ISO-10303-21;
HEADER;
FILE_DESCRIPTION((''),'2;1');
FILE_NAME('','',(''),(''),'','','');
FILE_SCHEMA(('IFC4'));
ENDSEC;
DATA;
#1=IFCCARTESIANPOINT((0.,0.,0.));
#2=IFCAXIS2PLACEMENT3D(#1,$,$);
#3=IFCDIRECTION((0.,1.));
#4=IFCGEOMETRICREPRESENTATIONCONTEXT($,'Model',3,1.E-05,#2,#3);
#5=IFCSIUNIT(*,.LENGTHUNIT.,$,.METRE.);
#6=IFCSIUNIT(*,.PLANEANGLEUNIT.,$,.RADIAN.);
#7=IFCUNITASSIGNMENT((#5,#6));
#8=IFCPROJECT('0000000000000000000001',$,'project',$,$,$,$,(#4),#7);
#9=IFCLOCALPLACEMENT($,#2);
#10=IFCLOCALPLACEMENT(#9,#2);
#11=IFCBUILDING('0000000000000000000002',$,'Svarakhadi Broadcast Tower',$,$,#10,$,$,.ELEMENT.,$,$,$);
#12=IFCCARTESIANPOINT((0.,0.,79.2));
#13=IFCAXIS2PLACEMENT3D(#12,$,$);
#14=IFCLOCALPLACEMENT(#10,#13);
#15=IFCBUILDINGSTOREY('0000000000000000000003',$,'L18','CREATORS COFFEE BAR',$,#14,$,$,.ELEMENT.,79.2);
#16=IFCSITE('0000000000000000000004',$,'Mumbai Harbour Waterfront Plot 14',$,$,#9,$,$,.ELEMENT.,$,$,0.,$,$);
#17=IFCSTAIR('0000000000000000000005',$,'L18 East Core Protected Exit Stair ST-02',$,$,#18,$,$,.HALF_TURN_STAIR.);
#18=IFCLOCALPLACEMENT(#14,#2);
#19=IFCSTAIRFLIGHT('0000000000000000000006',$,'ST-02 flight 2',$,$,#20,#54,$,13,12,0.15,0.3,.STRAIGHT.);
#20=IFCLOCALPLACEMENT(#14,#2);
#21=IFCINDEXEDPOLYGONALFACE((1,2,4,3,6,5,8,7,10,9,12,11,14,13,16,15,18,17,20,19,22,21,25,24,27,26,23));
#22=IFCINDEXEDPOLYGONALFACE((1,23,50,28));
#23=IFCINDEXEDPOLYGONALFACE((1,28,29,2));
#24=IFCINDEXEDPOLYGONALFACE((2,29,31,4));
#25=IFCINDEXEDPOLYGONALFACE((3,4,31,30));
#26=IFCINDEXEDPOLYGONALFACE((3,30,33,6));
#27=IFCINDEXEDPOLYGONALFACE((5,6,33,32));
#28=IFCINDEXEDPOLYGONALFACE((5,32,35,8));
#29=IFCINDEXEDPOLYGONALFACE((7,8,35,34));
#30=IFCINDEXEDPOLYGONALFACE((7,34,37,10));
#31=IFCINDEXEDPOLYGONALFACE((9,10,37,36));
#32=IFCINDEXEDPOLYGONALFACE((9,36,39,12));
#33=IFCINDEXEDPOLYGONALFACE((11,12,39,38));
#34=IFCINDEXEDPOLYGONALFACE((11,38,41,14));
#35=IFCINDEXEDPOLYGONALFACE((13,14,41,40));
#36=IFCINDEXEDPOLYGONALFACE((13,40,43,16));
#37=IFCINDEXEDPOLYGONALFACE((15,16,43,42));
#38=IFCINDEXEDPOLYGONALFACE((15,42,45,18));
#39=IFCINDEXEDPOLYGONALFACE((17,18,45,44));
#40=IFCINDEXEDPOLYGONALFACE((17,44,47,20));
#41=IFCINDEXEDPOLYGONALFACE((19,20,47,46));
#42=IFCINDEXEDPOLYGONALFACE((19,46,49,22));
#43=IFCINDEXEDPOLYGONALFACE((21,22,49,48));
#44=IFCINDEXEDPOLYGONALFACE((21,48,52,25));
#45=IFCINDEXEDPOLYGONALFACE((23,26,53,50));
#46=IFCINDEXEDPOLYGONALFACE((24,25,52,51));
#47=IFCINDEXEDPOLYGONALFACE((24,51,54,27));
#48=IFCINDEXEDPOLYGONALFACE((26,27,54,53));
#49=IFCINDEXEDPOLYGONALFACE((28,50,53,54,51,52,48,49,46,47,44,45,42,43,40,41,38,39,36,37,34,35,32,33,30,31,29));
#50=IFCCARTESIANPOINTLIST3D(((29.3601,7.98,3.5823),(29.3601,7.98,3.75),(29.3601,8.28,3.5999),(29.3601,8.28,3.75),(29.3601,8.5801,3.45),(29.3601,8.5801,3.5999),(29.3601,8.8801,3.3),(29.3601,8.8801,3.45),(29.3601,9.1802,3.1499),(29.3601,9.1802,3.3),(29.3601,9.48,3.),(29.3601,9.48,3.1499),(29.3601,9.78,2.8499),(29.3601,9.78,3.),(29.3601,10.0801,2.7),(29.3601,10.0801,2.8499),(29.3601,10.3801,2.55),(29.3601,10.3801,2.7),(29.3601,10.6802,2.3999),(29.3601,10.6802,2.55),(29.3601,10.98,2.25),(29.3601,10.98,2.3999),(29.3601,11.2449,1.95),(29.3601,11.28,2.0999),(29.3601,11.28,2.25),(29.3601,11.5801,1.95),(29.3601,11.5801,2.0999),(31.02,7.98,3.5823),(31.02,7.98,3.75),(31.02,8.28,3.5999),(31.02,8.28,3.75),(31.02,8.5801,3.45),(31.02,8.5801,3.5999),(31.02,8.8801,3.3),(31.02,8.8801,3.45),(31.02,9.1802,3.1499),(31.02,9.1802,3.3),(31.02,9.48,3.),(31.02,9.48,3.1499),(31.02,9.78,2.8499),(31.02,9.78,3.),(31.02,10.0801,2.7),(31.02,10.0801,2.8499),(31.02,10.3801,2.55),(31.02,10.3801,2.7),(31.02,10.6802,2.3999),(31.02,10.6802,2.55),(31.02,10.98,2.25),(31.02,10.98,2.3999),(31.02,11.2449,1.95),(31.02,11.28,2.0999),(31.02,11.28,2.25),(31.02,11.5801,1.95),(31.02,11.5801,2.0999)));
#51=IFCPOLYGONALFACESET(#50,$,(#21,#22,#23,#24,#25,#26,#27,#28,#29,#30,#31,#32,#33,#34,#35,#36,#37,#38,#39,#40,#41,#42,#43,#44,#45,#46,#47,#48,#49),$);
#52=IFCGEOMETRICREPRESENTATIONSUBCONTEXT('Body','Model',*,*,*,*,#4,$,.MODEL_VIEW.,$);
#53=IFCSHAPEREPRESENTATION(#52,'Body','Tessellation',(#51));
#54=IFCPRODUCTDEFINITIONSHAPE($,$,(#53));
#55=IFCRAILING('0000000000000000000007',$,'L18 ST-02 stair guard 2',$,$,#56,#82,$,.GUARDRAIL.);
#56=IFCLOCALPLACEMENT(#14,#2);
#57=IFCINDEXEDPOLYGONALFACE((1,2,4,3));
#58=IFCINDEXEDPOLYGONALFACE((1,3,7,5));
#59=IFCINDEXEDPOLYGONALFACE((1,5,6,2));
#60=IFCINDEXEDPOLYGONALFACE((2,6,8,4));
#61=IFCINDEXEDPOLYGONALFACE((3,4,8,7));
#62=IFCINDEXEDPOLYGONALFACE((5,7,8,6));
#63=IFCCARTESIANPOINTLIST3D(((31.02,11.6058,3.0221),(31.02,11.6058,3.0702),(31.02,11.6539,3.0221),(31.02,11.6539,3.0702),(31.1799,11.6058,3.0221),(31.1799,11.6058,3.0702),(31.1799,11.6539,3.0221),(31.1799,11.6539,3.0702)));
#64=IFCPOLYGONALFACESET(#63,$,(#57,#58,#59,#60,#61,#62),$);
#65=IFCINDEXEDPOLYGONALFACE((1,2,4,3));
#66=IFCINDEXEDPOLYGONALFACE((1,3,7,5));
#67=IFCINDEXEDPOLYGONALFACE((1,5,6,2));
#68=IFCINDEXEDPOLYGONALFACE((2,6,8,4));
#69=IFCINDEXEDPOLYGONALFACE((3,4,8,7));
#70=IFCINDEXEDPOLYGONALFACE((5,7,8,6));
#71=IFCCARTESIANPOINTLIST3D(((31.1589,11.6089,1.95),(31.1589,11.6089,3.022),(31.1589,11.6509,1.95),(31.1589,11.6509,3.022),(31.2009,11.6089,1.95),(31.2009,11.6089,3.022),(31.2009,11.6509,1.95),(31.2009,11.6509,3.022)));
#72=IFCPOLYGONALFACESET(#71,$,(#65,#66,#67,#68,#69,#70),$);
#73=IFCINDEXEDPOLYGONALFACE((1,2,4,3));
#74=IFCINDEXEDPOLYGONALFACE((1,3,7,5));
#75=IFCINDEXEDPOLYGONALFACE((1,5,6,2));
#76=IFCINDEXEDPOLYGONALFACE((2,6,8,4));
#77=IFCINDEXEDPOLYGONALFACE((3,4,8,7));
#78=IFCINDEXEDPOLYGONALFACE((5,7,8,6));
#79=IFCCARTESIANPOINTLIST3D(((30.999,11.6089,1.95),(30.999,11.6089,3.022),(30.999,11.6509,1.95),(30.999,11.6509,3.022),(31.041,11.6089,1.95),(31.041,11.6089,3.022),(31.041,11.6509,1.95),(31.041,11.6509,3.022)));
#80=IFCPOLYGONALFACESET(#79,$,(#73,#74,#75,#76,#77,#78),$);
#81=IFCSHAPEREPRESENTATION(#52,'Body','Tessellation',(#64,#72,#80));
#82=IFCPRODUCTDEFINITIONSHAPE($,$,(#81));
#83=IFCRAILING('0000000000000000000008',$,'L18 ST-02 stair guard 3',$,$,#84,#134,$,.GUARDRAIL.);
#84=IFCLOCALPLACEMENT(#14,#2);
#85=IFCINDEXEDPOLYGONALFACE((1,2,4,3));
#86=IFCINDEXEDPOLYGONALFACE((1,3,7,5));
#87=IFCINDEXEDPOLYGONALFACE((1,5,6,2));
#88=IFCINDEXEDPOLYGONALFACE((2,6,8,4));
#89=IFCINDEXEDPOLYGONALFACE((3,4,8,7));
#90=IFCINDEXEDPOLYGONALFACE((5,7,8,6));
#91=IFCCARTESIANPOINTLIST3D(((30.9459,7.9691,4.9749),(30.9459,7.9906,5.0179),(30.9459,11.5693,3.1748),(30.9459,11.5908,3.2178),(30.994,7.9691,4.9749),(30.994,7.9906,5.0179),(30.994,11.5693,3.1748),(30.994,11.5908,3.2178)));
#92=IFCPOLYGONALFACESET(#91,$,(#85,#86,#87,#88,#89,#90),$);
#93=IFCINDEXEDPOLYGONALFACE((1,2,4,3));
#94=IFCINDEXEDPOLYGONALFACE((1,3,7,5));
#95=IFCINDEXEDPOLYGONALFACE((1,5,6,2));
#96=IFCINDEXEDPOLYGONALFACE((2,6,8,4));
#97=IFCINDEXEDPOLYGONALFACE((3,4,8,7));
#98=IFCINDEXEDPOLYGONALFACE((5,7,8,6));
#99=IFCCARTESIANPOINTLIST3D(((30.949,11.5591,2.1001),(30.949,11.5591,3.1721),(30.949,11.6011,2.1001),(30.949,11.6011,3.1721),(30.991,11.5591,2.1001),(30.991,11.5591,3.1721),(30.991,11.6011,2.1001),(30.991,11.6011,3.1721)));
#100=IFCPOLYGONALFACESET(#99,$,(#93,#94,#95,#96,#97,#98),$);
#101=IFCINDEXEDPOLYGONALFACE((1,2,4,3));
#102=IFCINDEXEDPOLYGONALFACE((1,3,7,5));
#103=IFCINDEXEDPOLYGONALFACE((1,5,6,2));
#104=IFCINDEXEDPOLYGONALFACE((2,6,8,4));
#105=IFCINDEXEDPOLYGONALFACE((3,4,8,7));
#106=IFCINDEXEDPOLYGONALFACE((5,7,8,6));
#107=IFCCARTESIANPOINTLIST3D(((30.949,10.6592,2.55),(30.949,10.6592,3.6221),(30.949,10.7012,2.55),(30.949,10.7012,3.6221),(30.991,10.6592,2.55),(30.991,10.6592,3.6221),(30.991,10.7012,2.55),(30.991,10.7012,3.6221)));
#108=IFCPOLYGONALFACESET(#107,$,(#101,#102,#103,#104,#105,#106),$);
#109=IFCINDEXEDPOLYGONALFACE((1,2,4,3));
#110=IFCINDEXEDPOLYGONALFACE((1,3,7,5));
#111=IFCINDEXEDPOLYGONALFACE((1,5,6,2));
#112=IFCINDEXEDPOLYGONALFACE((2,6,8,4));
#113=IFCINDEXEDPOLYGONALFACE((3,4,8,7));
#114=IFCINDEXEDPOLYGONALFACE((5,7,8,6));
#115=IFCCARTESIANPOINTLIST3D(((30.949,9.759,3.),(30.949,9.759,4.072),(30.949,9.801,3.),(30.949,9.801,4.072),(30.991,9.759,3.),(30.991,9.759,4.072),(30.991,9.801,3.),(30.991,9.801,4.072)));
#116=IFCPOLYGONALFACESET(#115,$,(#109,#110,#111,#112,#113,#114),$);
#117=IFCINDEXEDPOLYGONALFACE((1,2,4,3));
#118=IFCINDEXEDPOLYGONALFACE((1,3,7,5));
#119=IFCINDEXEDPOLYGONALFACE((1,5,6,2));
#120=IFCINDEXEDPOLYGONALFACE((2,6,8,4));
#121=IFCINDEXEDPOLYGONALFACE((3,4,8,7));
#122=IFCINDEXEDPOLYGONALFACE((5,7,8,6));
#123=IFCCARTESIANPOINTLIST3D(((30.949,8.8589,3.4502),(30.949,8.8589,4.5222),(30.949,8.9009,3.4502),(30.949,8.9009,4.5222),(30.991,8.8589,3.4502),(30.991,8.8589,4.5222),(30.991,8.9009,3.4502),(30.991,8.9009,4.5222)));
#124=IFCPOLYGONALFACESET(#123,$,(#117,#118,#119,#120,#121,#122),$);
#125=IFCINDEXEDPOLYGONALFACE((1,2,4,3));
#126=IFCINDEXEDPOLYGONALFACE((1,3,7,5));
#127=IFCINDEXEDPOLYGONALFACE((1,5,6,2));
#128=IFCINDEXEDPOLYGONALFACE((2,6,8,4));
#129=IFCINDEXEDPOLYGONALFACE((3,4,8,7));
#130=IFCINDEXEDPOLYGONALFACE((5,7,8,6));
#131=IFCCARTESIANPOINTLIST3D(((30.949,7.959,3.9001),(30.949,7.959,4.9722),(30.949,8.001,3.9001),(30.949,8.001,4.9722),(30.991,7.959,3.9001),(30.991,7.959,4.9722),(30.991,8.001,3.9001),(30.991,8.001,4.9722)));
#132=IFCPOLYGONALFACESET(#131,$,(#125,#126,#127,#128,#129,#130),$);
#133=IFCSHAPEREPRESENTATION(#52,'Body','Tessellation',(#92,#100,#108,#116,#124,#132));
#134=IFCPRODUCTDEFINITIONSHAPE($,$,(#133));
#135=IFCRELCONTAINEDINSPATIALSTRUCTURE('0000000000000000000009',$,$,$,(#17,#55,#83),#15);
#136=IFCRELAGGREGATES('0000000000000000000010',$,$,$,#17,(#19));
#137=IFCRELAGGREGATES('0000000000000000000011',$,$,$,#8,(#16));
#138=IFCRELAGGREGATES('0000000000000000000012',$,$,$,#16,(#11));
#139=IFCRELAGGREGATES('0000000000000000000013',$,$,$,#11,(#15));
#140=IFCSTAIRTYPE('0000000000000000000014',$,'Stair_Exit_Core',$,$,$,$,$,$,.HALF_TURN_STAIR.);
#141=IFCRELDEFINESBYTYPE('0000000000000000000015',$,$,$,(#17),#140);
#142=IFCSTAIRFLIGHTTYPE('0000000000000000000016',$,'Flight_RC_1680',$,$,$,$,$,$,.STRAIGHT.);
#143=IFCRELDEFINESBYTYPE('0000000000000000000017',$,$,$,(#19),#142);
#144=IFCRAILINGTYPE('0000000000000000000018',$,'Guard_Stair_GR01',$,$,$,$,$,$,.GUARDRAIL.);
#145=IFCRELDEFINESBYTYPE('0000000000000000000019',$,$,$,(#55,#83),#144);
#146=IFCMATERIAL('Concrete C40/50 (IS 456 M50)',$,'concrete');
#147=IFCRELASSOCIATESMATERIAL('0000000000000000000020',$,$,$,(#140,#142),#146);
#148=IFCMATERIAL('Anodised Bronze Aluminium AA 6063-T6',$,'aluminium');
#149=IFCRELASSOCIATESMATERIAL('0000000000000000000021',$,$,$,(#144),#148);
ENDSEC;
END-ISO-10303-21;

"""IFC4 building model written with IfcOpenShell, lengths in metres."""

from ifc_helpers import new_model, si_unit, direction, frame, origin, origin_2d, place, context, subcontext, project, spatial, polyline, rectangle, outline, extrude, material, type_object, element, aggregate, save


model = new_model("IFC4")

# Units and contexts
model_context = context("Model", 3, precision=1e-05, world=origin(), true_north=direction((0.0, 1.0)))
body_context = subcontext(model_context, "Body", "Model", "MODEL_VIEW")
ifc_project = project(units=[si_unit("LENGTHUNIT", "METRE"), si_unit("PLANEANGLEUNIT", "RADIAN")], contexts=[model_context])

# Site, building, storey
site_placement = place(None, origin())
site = spatial("IfcSite", under=ifc_project, at=site_placement, Name="Mumbai Harbour Waterfront Plot 14", CompositionType="ELEMENT", RefElevation=0.0)
building_placement = place(site_placement, origin())
building = spatial("IfcBuilding", under=site, at=building_placement, Name="Svarakhadi Broadcast Tower", CompositionType="ELEMENT")
storey_placement = place(building_placement, frame((0.0, 0.0, 79.2)))
storey = spatial("IfcBuildingStorey", under=building, at=storey_placement, Name="L18", Description="CREATORS COFFEE BAR", CompositionType="ELEMENT", Elevation=79.2)

# Stair, stair flight
ifc_material_1 = material(Name="Concrete C40/50 (IS 456 M50)", Category="concrete")
stair_type = type_object("IfcStairType", Name="Stair_Exit_Core", PredefinedType="HALF_TURN_STAIR", material=ifc_material_1)
stair_placement = place(storey_placement, origin())
stair = element("IfcStair", 1, at=stair_placement, inside=storey, type_object=stair_type, Name="L18 East Core Protected Exit Stair ST-02", PredefinedType="HALF_TURN_STAIR")
stair_flight_type = type_object("IfcStairFlightType", Name="Flight_RC_1680", PredefinedType="STRAIGHT", material=ifc_material_1)
stair_flight_placement = place(storey_placement, frame((30.1899, 11.5801, 1.95), z_axis=(0.0, 0.0, 1.0), x_axis=(0.0, -1.0, 0.0)))
stair_flight = element("IfcStairFlight", 2, at=stair_flight_placement, type_object=stair_flight_type, Name="ST-02 flight 2", NumberOfRisers=13, NumberOfTreads=12, PredefinedType="STRAIGHT", RiserHeight=0.15, TreadLength=0.3, context=body_context, shape_type="SweptSolid", body=[
    extrude(outline(polyline([(0.0, 0.0), (0.0, 0.1499), (0.3, 0.1499), (0.3, 0.3), (0.6001, 0.3), (0.6001, 0.45), (0.8999, 0.45), (0.8999, 0.6001), (1.2, 0.6001), (1.2, 0.75), (1.5, 0.75), (1.5, 0.8999), (1.8, 0.8999), (1.8, 1.05), (2.1001, 1.05), (2.1001, 1.2), (2.3999, 1.2), (2.3999, 1.3501), (2.7, 1.3501), (2.7, 1.5), (3.0, 1.5), (3.0, 1.6499), (3.3, 1.6499), (3.3, 1.8), (3.6001, 1.8), (3.6001, 1.95), (3.6001, 1.6323), (0.3352, 0.0), (0.0, 0.0)])), frame((0.0, 0.8301, 0.0), z_axis=(0.0, -1.0, 0.0), x_axis=(1.0, 0.0, 0.0)), (0.0, 0.0, 1.0), 1.6599),
])
aggregate(stair, [stair_flight])

# Railings
ifc_material_2 = material(Name="Anodised Bronze Aluminium AA 6063-T6", Category="aluminium")
railing_type = type_object("IfcRailingType", Name="Guard_Stair_GR01", PredefinedType="GUARDRAIL", material=ifc_material_2)
railing_1_placement = place(storey_placement, frame((31.1799, 11.6299, 1.95)))
element("IfcRailing", 3, at=railing_1_placement, inside=storey, type_object=railing_type, Name="L18 ST-02 stair guard 2", PredefinedType="GUARDRAIL", context=body_context, shape_type="SweptSolid", body=[
    extrude(rectangle(XDim=0.0481, YDim=0.0481, at=origin_2d()), frame((0.0, 0.0, 1.0962), z_axis=(-1.0, 0.0, 0.0), x_axis=(0.0, -1.0, 0.0)), (0.0, 0.0, 1.0), 0.1599),
    extrude(rectangle(XDim=0.042, YDim=0.042, at=origin_2d()), origin(), (0.0, 0.0, 1.0), 1.072),
    extrude(rectangle(XDim=0.042, YDim=0.042, at=origin_2d()), frame((-0.1599, 0.0, 0.0)), (0.0, 0.0, 1.0), 1.072),
])
railing_2_placement = place(storey_placement, frame((30.97, 11.5801, 2.1001)))
element("IfcRailing", 4, at=railing_2_placement, inside=storey, type_object=railing_type, Name="L18 ST-02 stair guard 3", PredefinedType="GUARDRAIL", context=body_context, shape_type="SweptSolid", body=[
    extrude(rectangle(XDim=0.0481, YDim=0.0481, at=origin_2d()), frame((0.0, 0.0, 1.0962), z_axis=(0.0, -0.894427, 0.447214), x_axis=(1.0, 0.0, 0.0)), (0.0, 0.0, 1.0), 4.0251),
    extrude(rectangle(XDim=0.042, YDim=0.042, at=origin_2d()), origin(), (0.0, 0.0, 1.0), 1.072),
    extrude(rectangle(XDim=0.042, YDim=0.042, at=origin_2d()), frame((0.0, -0.8999, 0.45)), (0.0, 0.0, 1.0), 1.072),
    extrude(rectangle(XDim=0.042, YDim=0.042, at=origin_2d()), frame((0.0, -1.8, 0.8999)), (0.0, 0.0, 1.0), 1.072),
    extrude(rectangle(XDim=0.042, YDim=0.042, at=origin_2d()), frame((0.0, -2.7002, 1.3501)), (0.0, 0.0, 1.0), 1.072),
    extrude(rectangle(XDim=0.042, YDim=0.042, at=origin_2d()), frame((0.0, -3.6001, 1.8)), (0.0, 0.0, 1.0), 1.072),
])

save(model, "model.ifc")
